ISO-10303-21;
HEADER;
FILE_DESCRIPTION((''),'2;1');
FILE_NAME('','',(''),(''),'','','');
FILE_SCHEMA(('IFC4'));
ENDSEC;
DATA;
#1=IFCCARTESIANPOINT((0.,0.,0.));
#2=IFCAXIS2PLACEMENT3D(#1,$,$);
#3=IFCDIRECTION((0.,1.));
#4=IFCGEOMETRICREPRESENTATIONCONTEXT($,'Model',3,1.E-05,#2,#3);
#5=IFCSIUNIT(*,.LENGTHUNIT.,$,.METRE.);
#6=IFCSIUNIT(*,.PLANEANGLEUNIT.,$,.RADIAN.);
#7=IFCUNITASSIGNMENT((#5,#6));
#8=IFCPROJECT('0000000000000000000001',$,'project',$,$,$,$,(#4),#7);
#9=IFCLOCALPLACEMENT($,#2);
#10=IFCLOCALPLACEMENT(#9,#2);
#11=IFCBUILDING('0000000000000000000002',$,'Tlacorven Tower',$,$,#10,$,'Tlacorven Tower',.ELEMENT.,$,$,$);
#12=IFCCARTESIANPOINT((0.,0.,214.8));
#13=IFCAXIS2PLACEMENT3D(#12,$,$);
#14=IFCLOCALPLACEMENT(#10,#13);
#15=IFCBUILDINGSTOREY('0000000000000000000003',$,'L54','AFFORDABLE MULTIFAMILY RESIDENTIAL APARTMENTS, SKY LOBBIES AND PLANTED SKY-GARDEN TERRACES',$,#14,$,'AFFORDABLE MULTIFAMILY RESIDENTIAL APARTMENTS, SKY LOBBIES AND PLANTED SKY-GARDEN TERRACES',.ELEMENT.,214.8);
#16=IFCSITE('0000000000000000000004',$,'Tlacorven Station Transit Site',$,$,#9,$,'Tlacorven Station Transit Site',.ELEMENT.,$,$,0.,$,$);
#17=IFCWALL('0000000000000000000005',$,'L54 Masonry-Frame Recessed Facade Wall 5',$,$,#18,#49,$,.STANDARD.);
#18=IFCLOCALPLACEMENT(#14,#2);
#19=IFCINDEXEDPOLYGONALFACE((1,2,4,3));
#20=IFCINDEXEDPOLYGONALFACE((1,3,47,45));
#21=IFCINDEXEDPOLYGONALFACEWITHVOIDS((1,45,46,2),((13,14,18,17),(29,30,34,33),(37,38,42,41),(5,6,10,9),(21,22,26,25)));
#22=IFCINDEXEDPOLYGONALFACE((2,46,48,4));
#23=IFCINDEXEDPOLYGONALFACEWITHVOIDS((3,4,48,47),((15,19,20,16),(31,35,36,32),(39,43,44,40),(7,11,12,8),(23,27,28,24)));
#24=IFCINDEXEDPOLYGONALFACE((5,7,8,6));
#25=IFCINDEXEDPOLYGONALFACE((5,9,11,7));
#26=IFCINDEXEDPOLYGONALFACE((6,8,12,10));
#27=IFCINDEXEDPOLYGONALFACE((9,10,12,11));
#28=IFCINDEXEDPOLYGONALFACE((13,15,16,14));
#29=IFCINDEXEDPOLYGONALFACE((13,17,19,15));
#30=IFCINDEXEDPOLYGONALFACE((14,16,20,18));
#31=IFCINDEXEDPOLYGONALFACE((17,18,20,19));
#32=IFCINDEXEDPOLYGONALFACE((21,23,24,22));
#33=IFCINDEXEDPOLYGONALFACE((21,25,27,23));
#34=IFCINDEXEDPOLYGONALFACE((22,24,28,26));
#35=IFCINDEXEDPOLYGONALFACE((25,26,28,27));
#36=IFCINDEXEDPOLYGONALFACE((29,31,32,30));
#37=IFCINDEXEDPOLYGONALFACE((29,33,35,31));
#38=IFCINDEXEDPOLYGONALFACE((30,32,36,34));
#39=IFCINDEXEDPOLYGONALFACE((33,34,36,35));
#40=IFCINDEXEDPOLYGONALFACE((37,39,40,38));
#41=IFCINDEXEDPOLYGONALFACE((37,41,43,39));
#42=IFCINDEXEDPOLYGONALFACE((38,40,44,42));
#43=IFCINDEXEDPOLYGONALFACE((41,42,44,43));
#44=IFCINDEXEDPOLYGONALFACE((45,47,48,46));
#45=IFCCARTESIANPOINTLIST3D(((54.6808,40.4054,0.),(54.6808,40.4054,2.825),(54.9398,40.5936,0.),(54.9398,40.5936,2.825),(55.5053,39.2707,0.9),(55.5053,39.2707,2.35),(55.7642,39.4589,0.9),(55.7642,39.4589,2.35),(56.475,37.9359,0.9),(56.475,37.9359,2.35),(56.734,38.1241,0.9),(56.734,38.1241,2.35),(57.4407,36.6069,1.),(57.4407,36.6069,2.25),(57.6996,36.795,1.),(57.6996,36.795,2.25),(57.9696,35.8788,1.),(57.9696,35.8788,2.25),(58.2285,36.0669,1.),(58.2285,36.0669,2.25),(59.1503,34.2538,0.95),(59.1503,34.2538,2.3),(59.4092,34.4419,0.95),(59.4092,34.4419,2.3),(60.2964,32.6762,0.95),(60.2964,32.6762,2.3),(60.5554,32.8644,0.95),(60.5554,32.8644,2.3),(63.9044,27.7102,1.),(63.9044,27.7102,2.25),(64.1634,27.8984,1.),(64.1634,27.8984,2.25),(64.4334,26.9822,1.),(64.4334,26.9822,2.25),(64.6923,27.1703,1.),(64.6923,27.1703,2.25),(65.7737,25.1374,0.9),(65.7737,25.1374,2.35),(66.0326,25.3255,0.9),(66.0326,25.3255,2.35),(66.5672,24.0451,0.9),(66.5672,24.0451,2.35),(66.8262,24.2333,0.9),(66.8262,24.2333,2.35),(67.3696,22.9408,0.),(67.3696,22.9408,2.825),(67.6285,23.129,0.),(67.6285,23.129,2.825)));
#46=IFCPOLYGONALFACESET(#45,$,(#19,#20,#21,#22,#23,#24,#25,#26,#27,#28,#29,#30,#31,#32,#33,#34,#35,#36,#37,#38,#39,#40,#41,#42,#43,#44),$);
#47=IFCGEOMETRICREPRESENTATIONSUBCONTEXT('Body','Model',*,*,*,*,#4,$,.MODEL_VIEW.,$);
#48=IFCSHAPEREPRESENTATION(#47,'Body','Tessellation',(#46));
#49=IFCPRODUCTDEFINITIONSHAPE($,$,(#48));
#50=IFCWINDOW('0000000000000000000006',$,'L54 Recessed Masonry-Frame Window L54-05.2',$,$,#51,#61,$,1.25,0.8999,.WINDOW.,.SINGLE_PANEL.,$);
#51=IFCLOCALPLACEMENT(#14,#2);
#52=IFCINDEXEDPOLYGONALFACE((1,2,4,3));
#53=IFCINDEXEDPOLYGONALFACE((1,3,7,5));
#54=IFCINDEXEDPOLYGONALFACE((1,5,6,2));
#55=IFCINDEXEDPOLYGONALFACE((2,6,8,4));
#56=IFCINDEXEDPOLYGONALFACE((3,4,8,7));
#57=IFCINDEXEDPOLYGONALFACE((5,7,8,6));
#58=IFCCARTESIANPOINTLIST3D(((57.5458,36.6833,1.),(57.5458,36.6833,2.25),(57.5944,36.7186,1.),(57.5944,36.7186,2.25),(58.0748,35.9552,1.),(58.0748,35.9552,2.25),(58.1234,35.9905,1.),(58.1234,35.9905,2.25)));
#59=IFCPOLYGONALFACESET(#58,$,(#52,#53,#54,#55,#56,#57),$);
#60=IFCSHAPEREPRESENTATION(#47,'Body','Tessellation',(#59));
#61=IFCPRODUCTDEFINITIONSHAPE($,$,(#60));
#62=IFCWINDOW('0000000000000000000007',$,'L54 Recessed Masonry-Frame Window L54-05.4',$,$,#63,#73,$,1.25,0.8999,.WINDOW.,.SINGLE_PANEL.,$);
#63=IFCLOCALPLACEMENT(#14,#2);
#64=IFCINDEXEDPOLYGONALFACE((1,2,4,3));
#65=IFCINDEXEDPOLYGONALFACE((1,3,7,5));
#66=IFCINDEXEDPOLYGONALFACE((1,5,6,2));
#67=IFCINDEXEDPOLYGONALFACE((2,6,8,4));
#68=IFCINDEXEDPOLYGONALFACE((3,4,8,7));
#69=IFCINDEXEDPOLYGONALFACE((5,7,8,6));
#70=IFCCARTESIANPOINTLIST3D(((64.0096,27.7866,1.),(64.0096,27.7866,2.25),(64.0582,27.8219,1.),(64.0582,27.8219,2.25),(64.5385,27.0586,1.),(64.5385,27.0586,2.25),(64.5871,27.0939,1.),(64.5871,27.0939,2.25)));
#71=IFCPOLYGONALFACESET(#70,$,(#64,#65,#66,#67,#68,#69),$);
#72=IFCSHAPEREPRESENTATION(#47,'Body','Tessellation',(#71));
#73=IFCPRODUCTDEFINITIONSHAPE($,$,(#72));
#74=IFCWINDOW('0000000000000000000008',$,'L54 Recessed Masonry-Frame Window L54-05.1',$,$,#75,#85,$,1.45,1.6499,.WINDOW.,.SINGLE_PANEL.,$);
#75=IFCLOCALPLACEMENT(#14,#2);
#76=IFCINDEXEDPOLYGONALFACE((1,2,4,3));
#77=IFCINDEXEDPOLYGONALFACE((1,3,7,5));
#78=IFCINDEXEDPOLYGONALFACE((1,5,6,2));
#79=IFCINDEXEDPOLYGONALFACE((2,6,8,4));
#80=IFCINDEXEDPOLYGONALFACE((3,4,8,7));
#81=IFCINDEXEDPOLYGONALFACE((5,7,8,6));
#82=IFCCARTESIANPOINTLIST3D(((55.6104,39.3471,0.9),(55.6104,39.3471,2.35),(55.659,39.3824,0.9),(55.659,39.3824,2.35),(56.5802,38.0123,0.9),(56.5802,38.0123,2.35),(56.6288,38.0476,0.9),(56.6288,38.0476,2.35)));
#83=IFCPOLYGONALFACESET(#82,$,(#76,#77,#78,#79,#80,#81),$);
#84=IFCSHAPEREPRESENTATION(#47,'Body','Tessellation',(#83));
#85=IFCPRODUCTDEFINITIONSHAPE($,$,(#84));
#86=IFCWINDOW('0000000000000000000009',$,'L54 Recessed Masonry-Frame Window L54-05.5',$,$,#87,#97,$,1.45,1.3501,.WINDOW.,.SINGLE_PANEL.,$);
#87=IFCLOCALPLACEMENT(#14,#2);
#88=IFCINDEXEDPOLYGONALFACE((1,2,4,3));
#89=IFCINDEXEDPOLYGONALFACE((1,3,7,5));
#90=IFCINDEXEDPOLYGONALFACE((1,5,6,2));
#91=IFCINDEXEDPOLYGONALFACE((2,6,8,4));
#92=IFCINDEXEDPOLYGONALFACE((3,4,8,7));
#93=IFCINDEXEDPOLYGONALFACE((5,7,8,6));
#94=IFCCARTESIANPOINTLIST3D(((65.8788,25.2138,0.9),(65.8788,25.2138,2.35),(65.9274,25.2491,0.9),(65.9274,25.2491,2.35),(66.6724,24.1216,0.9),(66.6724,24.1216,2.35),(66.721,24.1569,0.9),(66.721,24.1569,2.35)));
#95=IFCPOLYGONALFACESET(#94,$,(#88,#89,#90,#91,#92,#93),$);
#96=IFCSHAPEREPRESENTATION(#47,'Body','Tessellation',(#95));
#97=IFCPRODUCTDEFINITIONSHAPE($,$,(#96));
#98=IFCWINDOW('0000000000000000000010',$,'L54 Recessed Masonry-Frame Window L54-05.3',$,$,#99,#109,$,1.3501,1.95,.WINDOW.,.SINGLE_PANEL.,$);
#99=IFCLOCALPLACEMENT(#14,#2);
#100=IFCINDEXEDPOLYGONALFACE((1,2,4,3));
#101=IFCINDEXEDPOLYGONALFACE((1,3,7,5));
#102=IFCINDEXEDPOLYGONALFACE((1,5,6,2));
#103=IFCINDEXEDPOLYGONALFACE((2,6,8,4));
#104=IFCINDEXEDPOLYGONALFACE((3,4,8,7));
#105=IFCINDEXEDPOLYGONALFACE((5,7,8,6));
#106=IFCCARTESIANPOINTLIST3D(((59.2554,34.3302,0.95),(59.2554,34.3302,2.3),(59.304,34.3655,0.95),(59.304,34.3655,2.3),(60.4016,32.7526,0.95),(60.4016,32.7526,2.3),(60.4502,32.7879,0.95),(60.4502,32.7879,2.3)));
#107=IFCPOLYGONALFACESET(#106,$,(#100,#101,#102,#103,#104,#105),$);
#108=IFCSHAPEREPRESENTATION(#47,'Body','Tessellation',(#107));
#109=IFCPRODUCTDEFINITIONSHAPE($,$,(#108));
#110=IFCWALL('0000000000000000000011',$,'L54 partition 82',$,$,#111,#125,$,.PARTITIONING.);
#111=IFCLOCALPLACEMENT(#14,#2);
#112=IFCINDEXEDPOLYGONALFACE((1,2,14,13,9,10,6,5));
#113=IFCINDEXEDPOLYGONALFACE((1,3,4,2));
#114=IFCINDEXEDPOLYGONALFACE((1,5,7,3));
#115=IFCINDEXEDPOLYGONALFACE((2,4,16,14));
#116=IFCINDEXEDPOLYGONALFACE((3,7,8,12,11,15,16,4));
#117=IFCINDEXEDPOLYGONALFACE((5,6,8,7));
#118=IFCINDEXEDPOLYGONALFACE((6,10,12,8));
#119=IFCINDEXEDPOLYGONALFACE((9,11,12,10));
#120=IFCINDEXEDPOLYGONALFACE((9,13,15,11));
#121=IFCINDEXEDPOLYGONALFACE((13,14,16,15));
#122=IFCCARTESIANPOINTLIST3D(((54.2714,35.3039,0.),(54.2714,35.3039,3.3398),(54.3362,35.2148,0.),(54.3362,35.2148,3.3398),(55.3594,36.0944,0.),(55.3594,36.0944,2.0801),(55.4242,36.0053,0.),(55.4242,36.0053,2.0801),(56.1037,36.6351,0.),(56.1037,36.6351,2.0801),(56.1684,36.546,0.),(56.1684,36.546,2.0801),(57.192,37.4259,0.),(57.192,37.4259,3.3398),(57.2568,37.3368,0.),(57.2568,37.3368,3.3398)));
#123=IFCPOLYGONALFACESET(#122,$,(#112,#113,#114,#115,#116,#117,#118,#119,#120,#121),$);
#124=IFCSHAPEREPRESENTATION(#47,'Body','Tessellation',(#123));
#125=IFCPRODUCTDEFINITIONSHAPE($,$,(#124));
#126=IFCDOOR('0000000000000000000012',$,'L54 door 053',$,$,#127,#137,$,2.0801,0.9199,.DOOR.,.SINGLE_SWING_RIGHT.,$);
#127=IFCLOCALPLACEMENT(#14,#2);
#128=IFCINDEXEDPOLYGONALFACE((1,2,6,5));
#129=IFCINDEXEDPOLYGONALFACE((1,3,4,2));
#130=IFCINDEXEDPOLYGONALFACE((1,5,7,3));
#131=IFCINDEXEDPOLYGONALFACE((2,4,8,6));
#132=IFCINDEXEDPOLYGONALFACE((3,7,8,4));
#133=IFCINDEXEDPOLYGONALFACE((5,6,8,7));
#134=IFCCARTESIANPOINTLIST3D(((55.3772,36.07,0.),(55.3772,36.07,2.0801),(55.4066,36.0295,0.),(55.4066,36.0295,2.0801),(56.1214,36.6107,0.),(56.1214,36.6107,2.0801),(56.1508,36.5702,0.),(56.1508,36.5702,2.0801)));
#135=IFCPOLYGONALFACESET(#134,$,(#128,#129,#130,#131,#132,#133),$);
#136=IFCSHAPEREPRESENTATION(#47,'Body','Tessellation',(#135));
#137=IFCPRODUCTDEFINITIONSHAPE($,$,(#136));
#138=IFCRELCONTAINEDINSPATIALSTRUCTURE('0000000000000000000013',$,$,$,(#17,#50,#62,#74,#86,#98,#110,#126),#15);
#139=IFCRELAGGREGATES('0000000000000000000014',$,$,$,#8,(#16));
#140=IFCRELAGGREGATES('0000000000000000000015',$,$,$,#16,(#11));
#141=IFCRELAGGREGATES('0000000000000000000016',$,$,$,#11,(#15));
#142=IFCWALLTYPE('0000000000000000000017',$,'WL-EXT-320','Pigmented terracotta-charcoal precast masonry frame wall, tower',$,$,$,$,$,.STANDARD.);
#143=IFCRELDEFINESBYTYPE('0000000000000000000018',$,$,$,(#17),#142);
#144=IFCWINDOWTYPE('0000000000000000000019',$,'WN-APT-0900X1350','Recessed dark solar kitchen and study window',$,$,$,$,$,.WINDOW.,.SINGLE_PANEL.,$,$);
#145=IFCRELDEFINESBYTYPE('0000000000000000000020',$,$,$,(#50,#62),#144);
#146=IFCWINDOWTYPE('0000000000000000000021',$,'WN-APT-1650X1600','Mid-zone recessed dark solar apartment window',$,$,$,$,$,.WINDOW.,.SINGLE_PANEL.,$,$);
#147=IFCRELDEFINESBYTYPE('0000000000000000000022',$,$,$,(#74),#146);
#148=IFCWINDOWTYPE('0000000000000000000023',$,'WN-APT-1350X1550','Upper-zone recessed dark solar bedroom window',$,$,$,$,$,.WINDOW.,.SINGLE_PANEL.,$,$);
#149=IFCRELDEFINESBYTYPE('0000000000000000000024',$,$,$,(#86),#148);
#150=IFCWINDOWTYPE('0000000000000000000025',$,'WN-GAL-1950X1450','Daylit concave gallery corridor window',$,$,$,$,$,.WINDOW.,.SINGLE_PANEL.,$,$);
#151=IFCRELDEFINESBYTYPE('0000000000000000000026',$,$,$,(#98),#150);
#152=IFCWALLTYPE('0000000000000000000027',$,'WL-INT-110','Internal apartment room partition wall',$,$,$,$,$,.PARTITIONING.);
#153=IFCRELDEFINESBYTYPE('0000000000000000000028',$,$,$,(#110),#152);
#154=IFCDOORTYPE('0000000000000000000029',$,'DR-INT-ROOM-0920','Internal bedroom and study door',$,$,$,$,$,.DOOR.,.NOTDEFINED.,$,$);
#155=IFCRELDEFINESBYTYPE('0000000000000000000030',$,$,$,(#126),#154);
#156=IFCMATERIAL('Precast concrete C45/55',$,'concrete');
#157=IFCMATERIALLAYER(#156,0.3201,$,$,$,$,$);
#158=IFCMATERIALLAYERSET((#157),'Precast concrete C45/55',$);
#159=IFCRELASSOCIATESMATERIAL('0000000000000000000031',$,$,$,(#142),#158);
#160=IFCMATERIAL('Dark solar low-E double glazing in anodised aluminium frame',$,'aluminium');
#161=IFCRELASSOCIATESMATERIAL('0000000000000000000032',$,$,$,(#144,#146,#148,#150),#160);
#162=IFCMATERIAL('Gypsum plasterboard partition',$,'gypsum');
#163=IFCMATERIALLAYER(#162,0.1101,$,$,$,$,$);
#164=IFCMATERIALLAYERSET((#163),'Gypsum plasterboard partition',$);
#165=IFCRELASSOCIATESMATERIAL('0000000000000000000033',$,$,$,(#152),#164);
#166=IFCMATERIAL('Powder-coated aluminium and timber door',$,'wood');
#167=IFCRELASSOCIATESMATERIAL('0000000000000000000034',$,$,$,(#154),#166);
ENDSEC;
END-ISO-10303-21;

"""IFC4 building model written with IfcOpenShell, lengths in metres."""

from ifc_helpers import new_model, si_unit, direction, frame, frame_2d, origin, place, context, subcontext, project, spatial, rectangle, extrude, source, transform, mapped, material, layer, layer_set, type_object, element, fill, save


model = new_model("IFC4")

# Units and contexts
model_context = context("Model", 3, precision=1e-05, world=origin(), true_north=direction((0.0, 1.0)))
body_context = subcontext(model_context, "Body", "Model", "MODEL_VIEW")
ifc_project = project(units=[si_unit("LENGTHUNIT", "METRE"), si_unit("PLANEANGLEUNIT", "RADIAN")], contexts=[model_context])

# Site, building, storey
site_placement = place(None, origin())
site = spatial("IfcSite", under=ifc_project, at=site_placement, Name="Tlacorven Station Transit Site", LongName="Tlacorven Station Transit Site", CompositionType="ELEMENT", RefElevation=0.0)
building_placement = place(site_placement, origin())
building = spatial("IfcBuilding", under=site, at=building_placement, Name="Tlacorven Tower", LongName="Tlacorven Tower", CompositionType="ELEMENT")
storey_placement = place(building_placement, frame((0.0, 0.0, 214.8)))
storey = spatial("IfcBuildingStorey", under=building, at=storey_placement, Name="L54", Description="AFFORDABLE MULTIFAMILY RESIDENTIAL APARTMENTS, SKY LOBBIES AND PLANTED SKY-GARDEN TERRACES", LongName="AFFORDABLE MULTIFAMILY RESIDENTIAL APARTMENTS, SKY LOBBIES AND PLANTED SKY-GARDEN TERRACES", CompositionType="ELEMENT", Elevation=214.8)

# Wall, openings, windows
ifc_material_1 = material(Name="Precast concrete C45/55", Category="concrete")
ifc_layer_1 = layer(ifc_material_1, 0.3201)
ifc_layer_set_1 = layer_set([ifc_layer_1], Name="Precast concrete C45/55")
wall_type_1 = type_object("IfcWallType", Name="WL-EXT-320", Description="Pigmented terracotta-charcoal precast masonry frame wall, tower", PredefinedType="STANDARD", material=ifc_layer_set_1)
wall_1_placement = place(storey_placement, frame((54.8103, 40.4995, 0.0), z_axis=(0.0, 0.0, 1.0), x_axis=(0.587784, -0.809018, 0.0)))
wall_1 = element("IfcWall", 1, at=wall_1_placement, inside=storey, type_object=wall_type_1, Name="L54 Masonry-Frame Recessed Facade Wall 5", PredefinedType="STANDARD", context=body_context, shape_type="SweptSolid", body=[
    extrude(rectangle(XDim=21.5874, YDim=0.3201, at=frame_2d((10.7937, 0.0))), origin(), (0.0, 0.0, 1.0), 2.825),
])
opening_1_placement = place(wall_1_placement, frame((1.4026, 0.0, 0.8999)))
opening_1 = element("IfcOpeningElement", 2, at=opening_1_placement, cuts=wall_1, PredefinedType="OPENING", context=body_context, shape_type="SweptSolid", body=[
    extrude(rectangle(XDim=1.6499, YDim=1.45, at=frame_2d((0.825, 0.7251))), frame((0.0, 0.1699, 0.0), z_axis=(0.0, -1.0, 0.0), x_axis=(1.0, 0.0, 0.0)), (0.0, 0.0, 1.0), 0.3401),
])
opening_2_placement = place(wall_1_placement, frame((4.6953, 0.0, 1.0)))
opening_2 = element("IfcOpeningElement", 3, at=opening_2_placement, cuts=wall_1, PredefinedType="OPENING", context=body_context, shape_type="SweptSolid", body=[
    extrude(rectangle(XDim=0.8999, YDim=1.25, at=frame_2d((0.45, 0.625))), frame((0.0, 0.1699, 0.0), z_axis=(0.0, -1.0, 0.0), x_axis=(1.0, 0.0, 0.0)), (0.0, 0.0, 1.0), 0.3401),
])
opening_3_placement = place(wall_1_placement, frame((7.6038, 0.0, 0.95)))
opening_3 = element("IfcOpeningElement", 4, at=opening_3_placement, cuts=wall_1, PredefinedType="OPENING", context=body_context, shape_type="SweptSolid", body=[
    extrude(rectangle(XDim=1.95, YDim=1.3501, at=frame_2d((0.9751, 0.675))), frame((0.0, 0.1699, 0.0), z_axis=(0.0, -1.0, 0.0), x_axis=(1.0, 0.0, 0.0)), (0.0, 0.0, 1.0), 0.3401),
])
opening_4_placement = place(wall_1_placement, frame((15.6921, 0.0, 1.0)))
opening_4 = element("IfcOpeningElement", 5, at=opening_4_placement, cuts=wall_1, PredefinedType="OPENING", context=body_context, shape_type="SweptSolid", body=[
    extrude(rectangle(XDim=0.8999, YDim=1.25, at=frame_2d((0.45, 0.625))), frame((0.0, 0.1699, 0.0), z_axis=(0.0, -1.0, 0.0), x_axis=(1.0, 0.0, 0.0)), (0.0, 0.0, 1.0), 0.3401),
])
opening_5_placement = place(wall_1_placement, frame((18.8723, 0.0, 0.8999)))
opening_5 = element("IfcOpeningElement", 6, at=opening_5_placement, cuts=wall_1, PredefinedType="OPENING", context=body_context, shape_type="SweptSolid", body=[
    extrude(rectangle(XDim=1.3501, YDim=1.45, at=frame_2d((0.675, 0.7251))), frame((0.0, 0.1699, 0.0), z_axis=(0.0, -1.0, 0.0), x_axis=(1.0, 0.0, 0.0)), (0.0, 0.0, 1.0), 0.3401),
])
ifc_material_2 = material(Name="Dark solar low-E double glazing in anodised aluminium frame", Category="aluminium")
window_type_1 = type_object("IfcWindowType", Name="WN-APT-0900X1350", Description="Recessed dark solar kitchen and study window", PartitioningType="SINGLE_PANEL", PredefinedType="WINDOW", material=ifc_material_2)
shared_shape_1 = source(origin(), body_context, "Body", "SweptSolid", [
    extrude(rectangle(XDim=0.8999, YDim=1.25, at=frame_2d((0.45, 0.625))), frame((0.0, 0.03, 0.0), z_axis=(0.0, -1.0, 0.0), x_axis=(1.0, 0.0, 0.0)), (0.0, 0.0, 1.0), 0.0601),
])
window_1_placement = place(opening_2_placement, origin())
window_1 = element("IfcWindow", 7, at=window_1_placement, inside=storey, type_object=window_type_1, Name="L54 Recessed Masonry-Frame Window L54-05.2", OverallHeight=1.25, OverallWidth=0.8999, PartitioningType="SINGLE_PANEL", PredefinedType="WINDOW", context=body_context, shape_type="MappedRepresentation", body=[
    mapped(shared_shape_1, transform((0.0, 0.0, 0.0), scale=1.0)),
])
fill(opening_2, window_1)
window_2_placement = place(opening_4_placement, origin())
window_2 = element("IfcWindow", 8, at=window_2_placement, inside=storey, type_object=window_type_1, Name="L54 Recessed Masonry-Frame Window L54-05.4", OverallHeight=1.25, OverallWidth=0.8999, PartitioningType="SINGLE_PANEL", PredefinedType="WINDOW", context=body_context, shape_type="MappedRepresentation", body=[
    mapped(shared_shape_1, transform((0.0, 0.0, 0.0), scale=1.0)),
])
fill(opening_4, window_2)
window_type_2 = type_object("IfcWindowType", Name="WN-APT-1650X1600", Description="Mid-zone recessed dark solar apartment window", PartitioningType="SINGLE_PANEL", PredefinedType="WINDOW", material=ifc_material_2)
shared_shape_2 = source(origin(), body_context, "Body", "SweptSolid", [
    extrude(rectangle(XDim=1.6499, YDim=1.45, at=frame_2d((0.825, 0.7251))), frame((0.0, 0.03, 0.0), z_axis=(0.0, -1.0, 0.0), x_axis=(1.0, 0.0, 0.0)), (0.0, 0.0, 1.0), 0.0601),
])
window_3_placement = place(opening_1_placement, origin())
window_3 = element("IfcWindow", 9, at=window_3_placement, inside=storey, type_object=window_type_2, Name="L54 Recessed Masonry-Frame Window L54-05.1", OverallHeight=1.45, OverallWidth=1.6499, PartitioningType="SINGLE_PANEL", PredefinedType="WINDOW", context=body_context, shape_type="MappedRepresentation", body=[
    mapped(shared_shape_2, transform((0.0, 0.0, 0.0), scale=1.0)),
])
fill(opening_1, window_3)
window_type_3 = type_object("IfcWindowType", Name="WN-APT-1350X1550", Description="Upper-zone recessed dark solar bedroom window", PartitioningType="SINGLE_PANEL", PredefinedType="WINDOW", material=ifc_material_2)
shared_shape_3 = source(origin(), body_context, "Body", "SweptSolid", [
    extrude(rectangle(XDim=1.3501, YDim=1.45, at=frame_2d((0.675, 0.7251))), frame((0.0, 0.03, 0.0), z_axis=(0.0, -1.0, 0.0), x_axis=(1.0, 0.0, 0.0)), (0.0, 0.0, 1.0), 0.0601),
])
window_4_placement = place(opening_5_placement, origin())
window_4 = element("IfcWindow", 10, at=window_4_placement, inside=storey, type_object=window_type_3, Name="L54 Recessed Masonry-Frame Window L54-05.5", OverallHeight=1.45, OverallWidth=1.3501, PartitioningType="SINGLE_PANEL", PredefinedType="WINDOW", context=body_context, shape_type="MappedRepresentation", body=[
    mapped(shared_shape_3, transform((0.0, 0.0, 0.0), scale=1.0)),
])
fill(opening_5, window_4)
window_type_4 = type_object("IfcWindowType", Name="WN-GAL-1950X1450", Description="Daylit concave gallery corridor window", PartitioningType="SINGLE_PANEL", PredefinedType="WINDOW", material=ifc_material_2)
shared_shape_4 = source(origin(), body_context, "Body", "SweptSolid", [
    extrude(rectangle(XDim=1.95, YDim=1.3501, at=frame_2d((0.9751, 0.675))), frame((0.0, 0.03, 0.0), z_axis=(0.0, -1.0, 0.0), x_axis=(1.0, 0.0, 0.0)), (0.0, 0.0, 1.0), 0.0601),
])
window_5_placement = place(opening_3_placement, origin())
window_5 = element("IfcWindow", 11, at=window_5_placement, inside=storey, type_object=window_type_4, Name="L54 Recessed Masonry-Frame Window L54-05.3", OverallHeight=1.3501, OverallWidth=1.95, PartitioningType="SINGLE_PANEL", PredefinedType="WINDOW", context=body_context, shape_type="MappedRepresentation", body=[
    mapped(shared_shape_4, transform((0.0, 0.0, 0.0), scale=1.0)),
])
fill(opening_3, window_5)

# Wall, opening, door
ifc_material_3 = material(Name="Gypsum plasterboard partition", Category="gypsum")
ifc_layer_2 = layer(ifc_material_3, 0.1101)
ifc_layer_set_2 = layer_set([ifc_layer_2], Name="Gypsum plasterboard partition")
wall_type_2 = type_object("IfcWallType", Name="WL-INT-110", Description="Internal apartment room partition wall", PredefinedType="PARTITIONING", material=ifc_layer_set_2)
wall_2_placement = place(storey_placement, frame((54.3037, 35.2593, 0.0), z_axis=(0.0, 0.0, 1.0), x_axis=(0.809005, 0.587802, 0.0)))
wall_2 = element("IfcWall", 12, at=wall_2_placement, inside=storey, type_object=wall_type_2, Name="L54 partition 82", PredefinedType="PARTITIONING", context=body_context, shape_type="SweptSolid", body=[
    extrude(rectangle(XDim=3.6101, YDim=0.1101, at=frame_2d((1.8052, 0.0))), origin(), (0.0, 0.0, 1.0), 3.3398),
])
opening_6_placement = place(wall_2_placement, frame((1.345, 0.0, 0.0)))
opening_6 = element("IfcOpeningElement", 13, at=opening_6_placement, cuts=wall_2, PredefinedType="OPENING", context=body_context, shape_type="SweptSolid", body=[
    extrude(rectangle(XDim=0.9199, YDim=2.0801, at=frame_2d((0.46, 1.04))), frame((0.0, 0.0649, 0.0), z_axis=(0.0, -1.0, 0.0), x_axis=(1.0, 0.0, 0.0)), (0.0, 0.0, 1.0), 0.1301),
])
ifc_material_4 = material(Name="Powder-coated aluminium and timber door", Category="wood")
door_type_1 = type_object("IfcDoorType", Name="DR-INT-ROOM-0920", Description="Internal bedroom and study door", OperationType="NOTDEFINED", PredefinedType="DOOR", material=ifc_material_4)
shared_shape_5 = source(origin(), body_context, "Body", "SweptSolid", [
    extrude(rectangle(XDim=0.9199, YDim=2.0801, at=frame_2d((0.46, 1.04))), frame((0.0, 0.0249, 0.0), z_axis=(0.0, -1.0, 0.0), x_axis=(1.0, 0.0, 0.0)), (0.0, 0.0, 1.0), 0.05),
])
door_1_placement = place(opening_6_placement, origin())
door_1 = element("IfcDoor", 14, at=door_1_placement, inside=storey, type_object=door_type_1, Name="L54 door 053", OperationType="SINGLE_SWING_RIGHT", OverallHeight=2.0801, OverallWidth=0.9199, PredefinedType="DOOR", context=body_context, shape_type="MappedRepresentation", body=[
    mapped(shared_shape_5, transform((0.0, 0.0, 0.0), scale=1.0)),
])
fill(opening_6, door_1)

save(model, "model.ifc")
